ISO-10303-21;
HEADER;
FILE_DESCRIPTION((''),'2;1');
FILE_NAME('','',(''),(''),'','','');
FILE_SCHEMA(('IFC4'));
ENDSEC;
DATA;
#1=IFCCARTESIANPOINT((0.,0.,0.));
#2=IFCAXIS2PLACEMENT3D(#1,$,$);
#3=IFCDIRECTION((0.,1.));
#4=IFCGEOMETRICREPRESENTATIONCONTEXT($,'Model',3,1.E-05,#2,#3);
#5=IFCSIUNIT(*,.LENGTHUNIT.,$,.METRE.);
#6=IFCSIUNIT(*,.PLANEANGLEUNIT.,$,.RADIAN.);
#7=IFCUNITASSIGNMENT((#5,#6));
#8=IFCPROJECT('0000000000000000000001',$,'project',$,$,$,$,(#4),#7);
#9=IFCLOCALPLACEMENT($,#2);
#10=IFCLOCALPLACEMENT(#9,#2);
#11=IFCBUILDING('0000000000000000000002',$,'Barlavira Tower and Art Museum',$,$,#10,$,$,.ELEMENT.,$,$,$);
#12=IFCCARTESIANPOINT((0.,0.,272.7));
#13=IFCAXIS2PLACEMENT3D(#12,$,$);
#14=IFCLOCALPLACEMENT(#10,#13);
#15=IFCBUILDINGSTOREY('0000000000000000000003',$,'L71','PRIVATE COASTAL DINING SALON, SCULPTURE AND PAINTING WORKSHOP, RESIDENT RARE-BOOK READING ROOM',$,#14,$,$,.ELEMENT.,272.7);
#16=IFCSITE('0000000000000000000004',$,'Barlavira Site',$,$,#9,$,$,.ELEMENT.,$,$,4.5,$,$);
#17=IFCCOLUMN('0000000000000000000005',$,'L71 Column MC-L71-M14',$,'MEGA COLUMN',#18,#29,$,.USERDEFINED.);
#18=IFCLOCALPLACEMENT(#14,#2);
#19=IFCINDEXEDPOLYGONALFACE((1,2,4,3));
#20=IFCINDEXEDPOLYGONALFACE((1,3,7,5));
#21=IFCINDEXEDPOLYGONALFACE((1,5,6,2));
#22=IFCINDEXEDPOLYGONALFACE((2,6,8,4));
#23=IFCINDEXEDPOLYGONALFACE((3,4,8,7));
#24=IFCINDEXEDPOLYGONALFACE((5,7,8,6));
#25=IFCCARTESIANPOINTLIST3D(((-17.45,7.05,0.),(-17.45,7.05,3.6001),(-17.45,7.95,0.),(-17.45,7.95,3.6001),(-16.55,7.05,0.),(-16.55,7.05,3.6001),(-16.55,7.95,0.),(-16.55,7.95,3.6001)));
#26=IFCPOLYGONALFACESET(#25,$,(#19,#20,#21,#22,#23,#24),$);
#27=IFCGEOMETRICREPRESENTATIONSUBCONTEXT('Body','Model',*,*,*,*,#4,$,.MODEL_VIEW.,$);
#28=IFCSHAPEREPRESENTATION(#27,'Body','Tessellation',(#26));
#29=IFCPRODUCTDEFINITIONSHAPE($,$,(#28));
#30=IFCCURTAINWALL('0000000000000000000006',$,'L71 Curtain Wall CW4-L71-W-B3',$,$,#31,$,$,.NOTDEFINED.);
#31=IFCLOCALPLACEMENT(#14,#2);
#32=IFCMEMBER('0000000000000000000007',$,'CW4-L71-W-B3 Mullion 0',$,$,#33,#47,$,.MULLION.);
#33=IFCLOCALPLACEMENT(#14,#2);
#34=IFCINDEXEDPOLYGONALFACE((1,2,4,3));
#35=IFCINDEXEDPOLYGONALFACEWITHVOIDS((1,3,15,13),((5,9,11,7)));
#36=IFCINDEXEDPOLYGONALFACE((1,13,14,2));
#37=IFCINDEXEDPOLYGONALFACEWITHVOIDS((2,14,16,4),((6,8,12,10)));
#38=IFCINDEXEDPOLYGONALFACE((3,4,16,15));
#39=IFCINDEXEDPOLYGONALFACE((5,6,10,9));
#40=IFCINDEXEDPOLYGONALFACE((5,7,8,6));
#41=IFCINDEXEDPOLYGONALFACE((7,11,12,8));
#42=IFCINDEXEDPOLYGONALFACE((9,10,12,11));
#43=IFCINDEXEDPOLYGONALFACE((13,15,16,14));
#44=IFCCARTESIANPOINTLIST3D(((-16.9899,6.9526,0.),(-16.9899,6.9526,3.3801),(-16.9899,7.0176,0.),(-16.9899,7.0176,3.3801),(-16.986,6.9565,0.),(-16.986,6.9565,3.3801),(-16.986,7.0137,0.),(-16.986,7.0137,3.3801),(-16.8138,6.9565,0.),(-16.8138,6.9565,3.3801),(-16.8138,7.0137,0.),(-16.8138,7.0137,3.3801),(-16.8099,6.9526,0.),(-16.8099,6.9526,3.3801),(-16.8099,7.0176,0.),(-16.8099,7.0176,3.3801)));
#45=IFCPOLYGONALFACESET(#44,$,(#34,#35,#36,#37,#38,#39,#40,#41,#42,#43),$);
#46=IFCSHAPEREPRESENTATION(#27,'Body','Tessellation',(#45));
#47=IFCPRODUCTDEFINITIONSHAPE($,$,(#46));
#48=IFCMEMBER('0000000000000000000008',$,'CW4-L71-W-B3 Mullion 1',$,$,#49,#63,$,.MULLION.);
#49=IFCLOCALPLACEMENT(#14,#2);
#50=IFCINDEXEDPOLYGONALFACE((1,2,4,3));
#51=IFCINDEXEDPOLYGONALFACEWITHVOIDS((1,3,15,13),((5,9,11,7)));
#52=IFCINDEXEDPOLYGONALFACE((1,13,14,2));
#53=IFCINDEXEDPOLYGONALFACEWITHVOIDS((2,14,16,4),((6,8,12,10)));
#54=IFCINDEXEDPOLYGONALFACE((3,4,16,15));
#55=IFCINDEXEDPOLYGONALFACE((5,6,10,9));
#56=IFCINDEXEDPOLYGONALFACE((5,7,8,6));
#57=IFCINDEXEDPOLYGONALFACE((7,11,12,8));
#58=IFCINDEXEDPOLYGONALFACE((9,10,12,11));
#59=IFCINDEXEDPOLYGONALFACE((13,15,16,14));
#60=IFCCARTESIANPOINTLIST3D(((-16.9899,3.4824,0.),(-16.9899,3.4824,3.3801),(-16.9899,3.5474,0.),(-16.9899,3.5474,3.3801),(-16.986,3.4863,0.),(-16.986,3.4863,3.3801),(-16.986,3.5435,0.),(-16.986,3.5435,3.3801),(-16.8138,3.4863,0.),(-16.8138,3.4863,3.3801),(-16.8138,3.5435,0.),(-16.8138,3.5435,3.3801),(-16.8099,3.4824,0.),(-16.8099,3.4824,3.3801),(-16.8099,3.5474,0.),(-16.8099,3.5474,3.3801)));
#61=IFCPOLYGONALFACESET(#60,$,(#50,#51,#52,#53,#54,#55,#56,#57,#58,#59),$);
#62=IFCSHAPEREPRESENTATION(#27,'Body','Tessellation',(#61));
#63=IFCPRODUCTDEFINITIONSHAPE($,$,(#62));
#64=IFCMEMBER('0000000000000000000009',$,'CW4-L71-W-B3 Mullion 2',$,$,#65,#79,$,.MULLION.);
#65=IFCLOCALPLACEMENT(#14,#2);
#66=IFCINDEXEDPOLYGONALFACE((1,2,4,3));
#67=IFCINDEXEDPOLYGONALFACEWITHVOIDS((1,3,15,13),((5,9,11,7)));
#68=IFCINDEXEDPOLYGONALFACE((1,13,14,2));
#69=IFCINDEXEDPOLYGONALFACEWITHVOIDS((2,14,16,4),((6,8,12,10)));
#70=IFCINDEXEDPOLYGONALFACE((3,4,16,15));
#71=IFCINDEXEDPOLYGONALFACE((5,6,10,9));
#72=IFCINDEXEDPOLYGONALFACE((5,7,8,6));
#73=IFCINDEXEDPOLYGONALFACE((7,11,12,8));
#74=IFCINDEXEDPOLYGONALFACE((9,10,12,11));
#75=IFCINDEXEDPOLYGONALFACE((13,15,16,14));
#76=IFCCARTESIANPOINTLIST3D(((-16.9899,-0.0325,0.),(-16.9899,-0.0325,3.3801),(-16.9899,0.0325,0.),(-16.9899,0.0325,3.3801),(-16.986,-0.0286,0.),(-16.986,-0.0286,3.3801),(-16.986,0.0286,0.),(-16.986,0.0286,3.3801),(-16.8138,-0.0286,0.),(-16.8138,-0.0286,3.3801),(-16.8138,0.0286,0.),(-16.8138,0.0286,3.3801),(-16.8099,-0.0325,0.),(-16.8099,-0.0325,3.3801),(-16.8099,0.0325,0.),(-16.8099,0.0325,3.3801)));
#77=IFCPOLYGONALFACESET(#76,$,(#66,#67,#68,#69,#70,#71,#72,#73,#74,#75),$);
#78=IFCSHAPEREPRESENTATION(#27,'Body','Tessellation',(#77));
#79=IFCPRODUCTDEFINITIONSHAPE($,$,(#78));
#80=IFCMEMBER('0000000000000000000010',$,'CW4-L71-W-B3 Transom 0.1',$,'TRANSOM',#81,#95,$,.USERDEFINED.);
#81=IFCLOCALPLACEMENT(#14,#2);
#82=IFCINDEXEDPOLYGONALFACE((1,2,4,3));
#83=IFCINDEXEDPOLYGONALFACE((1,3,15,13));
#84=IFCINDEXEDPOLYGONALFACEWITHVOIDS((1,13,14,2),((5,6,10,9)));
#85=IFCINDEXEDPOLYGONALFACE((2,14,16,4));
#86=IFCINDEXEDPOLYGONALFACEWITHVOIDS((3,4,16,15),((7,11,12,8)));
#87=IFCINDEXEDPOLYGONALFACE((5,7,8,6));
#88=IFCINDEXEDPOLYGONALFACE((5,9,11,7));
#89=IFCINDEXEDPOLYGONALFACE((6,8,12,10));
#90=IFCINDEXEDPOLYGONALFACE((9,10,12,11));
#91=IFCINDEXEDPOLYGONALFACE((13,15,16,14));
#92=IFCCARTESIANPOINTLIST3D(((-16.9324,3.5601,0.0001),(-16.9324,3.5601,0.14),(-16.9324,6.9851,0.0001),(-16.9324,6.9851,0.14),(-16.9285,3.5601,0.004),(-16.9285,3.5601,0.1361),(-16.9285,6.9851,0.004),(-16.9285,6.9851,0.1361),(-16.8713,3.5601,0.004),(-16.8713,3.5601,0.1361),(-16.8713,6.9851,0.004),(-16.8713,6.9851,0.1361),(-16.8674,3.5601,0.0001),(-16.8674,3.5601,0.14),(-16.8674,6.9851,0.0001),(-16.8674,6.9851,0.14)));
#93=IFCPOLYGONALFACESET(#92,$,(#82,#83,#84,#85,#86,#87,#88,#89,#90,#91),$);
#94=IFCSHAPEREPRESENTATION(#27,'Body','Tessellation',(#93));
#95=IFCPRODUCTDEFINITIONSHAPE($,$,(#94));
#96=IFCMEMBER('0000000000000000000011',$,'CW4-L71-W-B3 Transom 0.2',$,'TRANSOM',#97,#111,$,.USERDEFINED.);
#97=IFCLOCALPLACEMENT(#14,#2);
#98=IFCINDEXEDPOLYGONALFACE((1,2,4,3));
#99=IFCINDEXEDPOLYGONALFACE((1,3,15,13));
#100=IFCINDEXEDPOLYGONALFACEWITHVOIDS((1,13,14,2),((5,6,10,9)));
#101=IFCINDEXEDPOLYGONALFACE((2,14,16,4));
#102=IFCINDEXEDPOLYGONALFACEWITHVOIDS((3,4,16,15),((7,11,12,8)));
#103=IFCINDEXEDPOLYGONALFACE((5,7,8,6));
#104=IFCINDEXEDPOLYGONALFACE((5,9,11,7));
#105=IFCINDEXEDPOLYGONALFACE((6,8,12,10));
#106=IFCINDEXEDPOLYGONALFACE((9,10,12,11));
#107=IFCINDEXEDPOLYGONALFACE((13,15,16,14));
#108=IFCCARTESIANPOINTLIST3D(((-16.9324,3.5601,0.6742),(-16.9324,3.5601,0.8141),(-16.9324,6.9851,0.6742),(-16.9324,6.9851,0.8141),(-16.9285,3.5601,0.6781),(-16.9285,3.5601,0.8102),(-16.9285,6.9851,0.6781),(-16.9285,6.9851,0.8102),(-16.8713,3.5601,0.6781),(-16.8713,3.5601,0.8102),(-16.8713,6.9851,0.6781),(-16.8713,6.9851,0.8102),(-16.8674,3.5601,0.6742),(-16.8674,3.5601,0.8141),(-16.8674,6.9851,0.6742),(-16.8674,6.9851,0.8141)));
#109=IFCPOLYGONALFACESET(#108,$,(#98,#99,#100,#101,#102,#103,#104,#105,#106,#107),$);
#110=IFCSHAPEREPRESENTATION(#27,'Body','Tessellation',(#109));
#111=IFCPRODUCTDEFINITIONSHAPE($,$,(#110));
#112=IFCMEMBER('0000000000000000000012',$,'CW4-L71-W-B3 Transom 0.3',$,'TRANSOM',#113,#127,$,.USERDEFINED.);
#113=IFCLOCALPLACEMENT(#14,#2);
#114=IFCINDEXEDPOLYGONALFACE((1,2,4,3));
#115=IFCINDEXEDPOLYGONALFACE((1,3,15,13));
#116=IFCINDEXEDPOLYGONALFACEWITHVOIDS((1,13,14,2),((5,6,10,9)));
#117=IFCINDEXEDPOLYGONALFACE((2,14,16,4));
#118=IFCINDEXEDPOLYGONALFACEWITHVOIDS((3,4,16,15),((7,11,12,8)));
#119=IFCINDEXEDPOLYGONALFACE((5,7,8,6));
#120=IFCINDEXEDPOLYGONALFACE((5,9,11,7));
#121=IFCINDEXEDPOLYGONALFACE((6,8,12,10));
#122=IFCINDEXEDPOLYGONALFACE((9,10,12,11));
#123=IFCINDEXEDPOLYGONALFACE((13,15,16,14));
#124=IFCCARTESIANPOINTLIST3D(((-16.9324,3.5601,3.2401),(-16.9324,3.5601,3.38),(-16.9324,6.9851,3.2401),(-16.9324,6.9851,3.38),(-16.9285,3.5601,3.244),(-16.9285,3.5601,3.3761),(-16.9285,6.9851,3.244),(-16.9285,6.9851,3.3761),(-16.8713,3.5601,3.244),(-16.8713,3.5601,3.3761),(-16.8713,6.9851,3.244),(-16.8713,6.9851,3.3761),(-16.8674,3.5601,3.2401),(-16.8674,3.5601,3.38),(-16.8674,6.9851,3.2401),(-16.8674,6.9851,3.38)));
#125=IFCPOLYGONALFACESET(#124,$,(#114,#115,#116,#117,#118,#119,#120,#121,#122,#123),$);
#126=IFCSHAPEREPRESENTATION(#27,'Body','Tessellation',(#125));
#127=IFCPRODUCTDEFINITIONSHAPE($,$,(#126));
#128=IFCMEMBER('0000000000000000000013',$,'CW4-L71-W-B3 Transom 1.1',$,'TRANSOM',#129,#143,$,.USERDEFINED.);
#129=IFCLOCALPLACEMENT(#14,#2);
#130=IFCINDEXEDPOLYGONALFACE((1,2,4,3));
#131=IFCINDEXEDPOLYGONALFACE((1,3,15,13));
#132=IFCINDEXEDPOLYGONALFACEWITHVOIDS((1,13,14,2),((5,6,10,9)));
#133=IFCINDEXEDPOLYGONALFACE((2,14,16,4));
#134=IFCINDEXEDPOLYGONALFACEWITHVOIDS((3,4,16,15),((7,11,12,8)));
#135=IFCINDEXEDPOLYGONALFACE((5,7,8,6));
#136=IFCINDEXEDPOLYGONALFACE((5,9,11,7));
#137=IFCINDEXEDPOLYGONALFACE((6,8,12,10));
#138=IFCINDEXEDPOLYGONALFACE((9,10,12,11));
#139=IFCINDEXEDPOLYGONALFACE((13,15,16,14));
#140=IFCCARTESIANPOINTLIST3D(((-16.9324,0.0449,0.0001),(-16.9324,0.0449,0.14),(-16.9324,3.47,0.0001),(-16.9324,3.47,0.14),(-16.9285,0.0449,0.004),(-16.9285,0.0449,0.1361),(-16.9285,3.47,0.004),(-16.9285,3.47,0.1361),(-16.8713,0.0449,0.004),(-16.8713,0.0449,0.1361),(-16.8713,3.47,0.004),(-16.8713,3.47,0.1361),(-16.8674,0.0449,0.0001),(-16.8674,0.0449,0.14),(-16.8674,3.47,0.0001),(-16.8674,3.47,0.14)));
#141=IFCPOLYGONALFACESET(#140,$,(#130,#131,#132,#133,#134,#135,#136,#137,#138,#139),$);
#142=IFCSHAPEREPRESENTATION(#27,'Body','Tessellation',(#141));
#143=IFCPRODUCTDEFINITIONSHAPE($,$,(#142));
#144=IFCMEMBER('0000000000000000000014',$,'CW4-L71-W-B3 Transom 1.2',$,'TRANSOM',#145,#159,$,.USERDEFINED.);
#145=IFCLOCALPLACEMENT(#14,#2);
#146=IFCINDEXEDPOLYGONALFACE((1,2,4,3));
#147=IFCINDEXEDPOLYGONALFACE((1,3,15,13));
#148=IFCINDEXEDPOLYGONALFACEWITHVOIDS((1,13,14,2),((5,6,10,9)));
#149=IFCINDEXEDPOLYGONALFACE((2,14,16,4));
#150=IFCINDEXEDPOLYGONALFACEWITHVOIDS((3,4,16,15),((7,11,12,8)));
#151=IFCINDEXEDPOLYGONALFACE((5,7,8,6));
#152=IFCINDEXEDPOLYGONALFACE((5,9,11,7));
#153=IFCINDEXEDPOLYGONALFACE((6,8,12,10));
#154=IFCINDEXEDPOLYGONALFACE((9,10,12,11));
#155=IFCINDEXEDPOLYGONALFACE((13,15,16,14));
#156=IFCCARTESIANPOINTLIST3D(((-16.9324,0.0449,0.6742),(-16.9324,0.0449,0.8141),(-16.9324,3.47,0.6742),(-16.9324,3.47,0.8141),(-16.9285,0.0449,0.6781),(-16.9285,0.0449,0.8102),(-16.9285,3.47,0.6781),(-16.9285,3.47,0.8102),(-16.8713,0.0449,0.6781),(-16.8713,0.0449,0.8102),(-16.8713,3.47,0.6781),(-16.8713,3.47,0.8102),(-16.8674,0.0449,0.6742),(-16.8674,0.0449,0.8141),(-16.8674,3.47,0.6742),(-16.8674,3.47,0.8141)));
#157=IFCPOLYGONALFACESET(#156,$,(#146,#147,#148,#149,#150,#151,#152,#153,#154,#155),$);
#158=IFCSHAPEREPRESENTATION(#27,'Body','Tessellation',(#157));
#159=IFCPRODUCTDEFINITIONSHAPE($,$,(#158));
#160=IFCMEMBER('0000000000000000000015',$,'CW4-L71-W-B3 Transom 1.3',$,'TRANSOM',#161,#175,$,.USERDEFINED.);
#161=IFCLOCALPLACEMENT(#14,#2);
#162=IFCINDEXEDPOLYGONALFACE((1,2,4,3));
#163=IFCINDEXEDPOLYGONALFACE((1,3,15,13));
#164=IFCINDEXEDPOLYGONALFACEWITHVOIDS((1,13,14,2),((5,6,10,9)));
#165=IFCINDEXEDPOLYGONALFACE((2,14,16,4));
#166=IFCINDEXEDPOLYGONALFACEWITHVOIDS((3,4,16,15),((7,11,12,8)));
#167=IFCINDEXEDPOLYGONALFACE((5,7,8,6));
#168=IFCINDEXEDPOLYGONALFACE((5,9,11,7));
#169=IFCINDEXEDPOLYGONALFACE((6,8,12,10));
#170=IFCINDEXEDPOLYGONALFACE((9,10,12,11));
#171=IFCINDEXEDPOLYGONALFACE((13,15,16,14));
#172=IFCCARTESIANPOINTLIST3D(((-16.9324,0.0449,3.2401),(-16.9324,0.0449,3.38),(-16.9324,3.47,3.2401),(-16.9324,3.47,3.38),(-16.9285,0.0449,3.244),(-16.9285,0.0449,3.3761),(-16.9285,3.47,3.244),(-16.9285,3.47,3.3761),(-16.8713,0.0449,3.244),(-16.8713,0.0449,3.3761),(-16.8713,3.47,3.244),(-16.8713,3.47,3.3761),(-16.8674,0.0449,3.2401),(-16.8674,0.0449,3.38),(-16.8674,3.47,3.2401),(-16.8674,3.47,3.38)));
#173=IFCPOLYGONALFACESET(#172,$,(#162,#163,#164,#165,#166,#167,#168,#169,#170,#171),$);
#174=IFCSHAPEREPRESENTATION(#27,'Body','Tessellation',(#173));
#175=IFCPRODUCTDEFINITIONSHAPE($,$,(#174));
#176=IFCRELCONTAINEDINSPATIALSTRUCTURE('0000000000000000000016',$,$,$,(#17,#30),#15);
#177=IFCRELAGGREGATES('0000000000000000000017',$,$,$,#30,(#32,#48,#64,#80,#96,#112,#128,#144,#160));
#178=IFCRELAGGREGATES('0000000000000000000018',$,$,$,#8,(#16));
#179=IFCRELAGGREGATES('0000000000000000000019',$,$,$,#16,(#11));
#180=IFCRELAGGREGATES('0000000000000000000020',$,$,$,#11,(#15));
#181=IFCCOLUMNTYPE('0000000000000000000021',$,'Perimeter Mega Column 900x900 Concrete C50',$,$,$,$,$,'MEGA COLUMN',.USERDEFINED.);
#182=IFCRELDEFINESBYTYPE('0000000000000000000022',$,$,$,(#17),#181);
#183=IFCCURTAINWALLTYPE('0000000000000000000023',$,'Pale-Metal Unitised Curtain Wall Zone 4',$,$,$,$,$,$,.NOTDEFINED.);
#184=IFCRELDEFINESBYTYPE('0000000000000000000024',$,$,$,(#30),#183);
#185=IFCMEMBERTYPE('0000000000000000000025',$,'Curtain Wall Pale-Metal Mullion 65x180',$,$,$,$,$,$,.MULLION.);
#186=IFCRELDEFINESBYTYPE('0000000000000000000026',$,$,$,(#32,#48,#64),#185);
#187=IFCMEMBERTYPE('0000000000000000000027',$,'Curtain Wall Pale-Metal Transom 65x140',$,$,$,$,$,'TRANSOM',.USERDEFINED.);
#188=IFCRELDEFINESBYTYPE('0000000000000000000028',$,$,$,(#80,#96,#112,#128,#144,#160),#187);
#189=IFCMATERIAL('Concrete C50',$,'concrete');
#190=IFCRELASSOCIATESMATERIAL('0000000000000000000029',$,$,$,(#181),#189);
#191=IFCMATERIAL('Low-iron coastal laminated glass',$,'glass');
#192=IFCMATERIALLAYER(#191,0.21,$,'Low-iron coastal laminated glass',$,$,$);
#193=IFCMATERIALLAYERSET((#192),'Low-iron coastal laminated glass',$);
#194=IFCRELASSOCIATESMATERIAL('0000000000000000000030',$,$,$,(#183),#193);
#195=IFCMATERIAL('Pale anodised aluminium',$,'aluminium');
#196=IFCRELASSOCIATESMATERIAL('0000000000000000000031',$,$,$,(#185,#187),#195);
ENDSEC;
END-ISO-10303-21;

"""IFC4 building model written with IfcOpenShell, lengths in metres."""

from ifc_helpers import new_model, si_unit, direction, frame, origin, origin_2d, place, context, subcontext, project, spatial, rectangle, hollow_rectangle, extrude, material, layer, layer_set, material_profile, profile_set, type_object, element, aggregate, save


model = new_model("IFC4")

# Units and contexts
model_context = context("Model", 3, precision=1e-05, world=origin(), true_north=direction((0.0, 1.0)))
body_context = subcontext(model_context, "Body", "Model", "MODEL_VIEW")
ifc_project = project(units=[si_unit("LENGTHUNIT", "METRE"), si_unit("PLANEANGLEUNIT", "RADIAN")], contexts=[model_context])

# Site, building, storey
site_placement = place(None, origin())
site = spatial("IfcSite", under=ifc_project, at=site_placement, Name="Barlavira Site", CompositionType="ELEMENT", RefElevation=4.5)
building_placement = place(site_placement, origin())
building = spatial("IfcBuilding", under=site, at=building_placement, Name="Barlavira Tower and Art Museum", CompositionType="ELEMENT")
storey_placement = place(building_placement, frame((0.0, 0.0, 272.7)))
storey = spatial("IfcBuildingStorey", under=building, at=storey_placement, Name="L71", Description="PRIVATE COASTAL DINING SALON, SCULPTURE AND PAINTING WORKSHOP, RESIDENT RARE-BOOK READING ROOM", CompositionType="ELEMENT", Elevation=272.7)

# Column
ifc_material_1 = material(Name="Concrete C50", Category="concrete")
ifc_material_profile_1 = material_profile(ifc_material_1, rectangle(XDim=0.8999, YDim=0.8999, at=origin_2d()), Name="RC-COL 900x900")
ifc_profile_set_1 = profile_set([ifc_material_profile_1], Name="Concrete C50")
column_type = type_object("IfcColumnType", Name="Perimeter Mega Column 900x900 Concrete C50", ElementType="MEGA COLUMN", PredefinedType="USERDEFINED", material=ifc_profile_set_1)
column_placement = place(storey_placement, frame((-17.0, 7.5, 0.0), z_axis=(0.0, 0.0, 1.0), x_axis=(1.0, 0.0, 0.0)))
element("IfcColumn", 1, at=column_placement, inside=storey, type_object=column_type, Name="L71 Column MC-L71-M14", ObjectType="MEGA COLUMN", PredefinedType="USERDEFINED", context=body_context, shape_type="SweptSolid", body=[
    extrude(rectangle(XDim=0.8999, YDim=0.8999, at=origin_2d()), origin(), (0.0, 0.0, 1.0), 3.6001),
])

# Curtain wall, members
ifc_material_2 = material(Name="Low-iron coastal laminated glass", Category="glass")
ifc_layer_1 = layer(ifc_material_2, 0.21, Name="Low-iron coastal laminated glass")
ifc_layer_set_1 = layer_set([ifc_layer_1], Name="Low-iron coastal laminated glass")
curtain_wall_type = type_object("IfcCurtainWallType", Name="Pale-Metal Unitised Curtain Wall Zone 4", PredefinedType="NOTDEFINED", material=ifc_layer_set_1)
curtain_wall_placement = place(storey_placement, origin())
curtain_wall = element("IfcCurtainWall", 2, at=curtain_wall_placement, inside=storey, type_object=curtain_wall_type, Name="L71 Curtain Wall CW4-L71-W-B3", PredefinedType="NOTDEFINED")
ifc_material_3 = material(Name="Pale anodised aluminium", Category="aluminium")
ifc_material_profile_2 = material_profile(ifc_material_3, hollow_rectangle(XDim=0.0649, YDim=0.1799, WallThickness=0.0039, at=origin_2d()), Name="ALU-MULL 65x180x4")
ifc_profile_set_2 = profile_set([ifc_material_profile_2], Name="Pale anodised aluminium")
member_type_1 = type_object("IfcMemberType", Name="Curtain Wall Pale-Metal Mullion 65x180", PredefinedType="MULLION", material=ifc_profile_set_2)
member_1_placement = place(storey_placement, frame((-16.8999, 6.9851, 0.0), z_axis=(0.0, 0.0, 1.0), x_axis=(0.0, -1.0, 0.0)))
member_1 = element("IfcMember", 3, at=member_1_placement, type_object=member_type_1, Name="CW4-L71-W-B3 Mullion 0", PredefinedType="MULLION", context=body_context, shape_type="SweptSolid", body=[
    extrude(hollow_rectangle(XDim=0.0649, YDim=0.1799, WallThickness=0.0039, at=origin_2d()), origin(), (0.0, 0.0, 1.0), 3.3801),
])
member_2_placement = place(storey_placement, frame((-16.8999, 3.5149, 0.0), z_axis=(0.0, 0.0, 1.0), x_axis=(0.0, -1.0, 0.0)))
member_2 = element("IfcMember", 4, at=member_2_placement, type_object=member_type_1, Name="CW4-L71-W-B3 Mullion 1", PredefinedType="MULLION", context=body_context, shape_type="SweptSolid", body=[
    extrude(hollow_rectangle(XDim=0.0649, YDim=0.1799, WallThickness=0.0039, at=origin_2d()), origin(), (0.0, 0.0, 1.0), 3.3801),
])
member_3_placement = place(storey_placement, frame((-16.8999, 0.0, 0.0), z_axis=(0.0, 0.0, 1.0), x_axis=(0.0, -1.0, 0.0)))
member_3 = element("IfcMember", 5, at=member_3_placement, type_object=member_type_1, Name="CW4-L71-W-B3 Mullion 2", PredefinedType="MULLION", context=body_context, shape_type="SweptSolid", body=[
    extrude(hollow_rectangle(XDim=0.0649, YDim=0.1799, WallThickness=0.0039, at=origin_2d()), origin(), (0.0, 0.0, 1.0), 3.3801),
])
ifc_material_profile_3 = material_profile(ifc_material_3, hollow_rectangle(XDim=0.0649, YDim=0.1399, WallThickness=0.0039, at=origin_2d()), Name="ALU-TRAN 65x140x4")
ifc_profile_set_3 = profile_set([ifc_material_profile_3], Name="Pale anodised aluminium")
member_type_2 = type_object("IfcMemberType", Name="Curtain Wall Pale-Metal Transom 65x140", ElementType="TRANSOM", PredefinedType="USERDEFINED", material=ifc_profile_set_3)
member_4_placement = place(storey_placement, frame((-16.8999, 6.9851, 0.0701), z_axis=(0.0, -1.0, 0.0), x_axis=(1.0, 0.0, 0.0)))
member_4 = element("IfcMember", 6, at=member_4_placement, type_object=member_type_2, Name="CW4-L71-W-B3 Transom 0.1", ObjectType="TRANSOM", PredefinedType="USERDEFINED", context=body_context, shape_type="SweptSolid", body=[
    extrude(hollow_rectangle(XDim=0.0649, YDim=0.1399, WallThickness=0.0039, at=origin_2d()), origin(), (0.0, 0.0, 1.0), 3.425),
])
member_5_placement = place(storey_placement, frame((-16.8999, 6.9851, 0.7441), z_axis=(0.0, -1.0, 0.0), x_axis=(1.0, 0.0, 0.0)))
member_5 = element("IfcMember", 7, at=member_5_placement, type_object=member_type_2, Name="CW4-L71-W-B3 Transom 0.2", ObjectType="TRANSOM", PredefinedType="USERDEFINED", context=body_context, shape_type="SweptSolid", body=[
    extrude(hollow_rectangle(XDim=0.0649, YDim=0.1399, WallThickness=0.0039, at=origin_2d()), origin(), (0.0, 0.0, 1.0), 3.425),
])
member_6_placement = place(storey_placement, frame((-16.8999, 6.9851, 3.3101), z_axis=(0.0, -1.0, 0.0), x_axis=(1.0, 0.0, 0.0)))
member_6 = element("IfcMember", 8, at=member_6_placement, type_object=member_type_2, Name="CW4-L71-W-B3 Transom 0.3", ObjectType="TRANSOM", PredefinedType="USERDEFINED", context=body_context, shape_type="SweptSolid", body=[
    extrude(hollow_rectangle(XDim=0.0649, YDim=0.1399, WallThickness=0.0039, at=origin_2d()), origin(), (0.0, 0.0, 1.0), 3.425),
])
member_7_placement = place(storey_placement, frame((-16.8999, 3.47, 0.0701), z_axis=(0.0, -1.0, 0.0), x_axis=(1.0, 0.0, 0.0)))
member_7 = element("IfcMember", 9, at=member_7_placement, type_object=member_type_2, Name="CW4-L71-W-B3 Transom 1.1", ObjectType="TRANSOM", PredefinedType="USERDEFINED", context=body_context, shape_type="SweptSolid", body=[
    extrude(hollow_rectangle(XDim=0.0649, YDim=0.1399, WallThickness=0.0039, at=origin_2d()), origin(), (0.0, 0.0, 1.0), 3.425),
])
member_8_placement = place(storey_placement, frame((-16.8999, 3.47, 0.7441), z_axis=(0.0, -1.0, 0.0), x_axis=(1.0, 0.0, 0.0)))
member_8 = element("IfcMember", 10, at=member_8_placement, type_object=member_type_2, Name="CW4-L71-W-B3 Transom 1.2", ObjectType="TRANSOM", PredefinedType="USERDEFINED", context=body_context, shape_type="SweptSolid", body=[
    extrude(hollow_rectangle(XDim=0.0649, YDim=0.1399, WallThickness=0.0039, at=origin_2d()), origin(), (0.0, 0.0, 1.0), 3.425),
])
member_9_placement = place(storey_placement, frame((-16.8999, 3.47, 3.3101), z_axis=(0.0, -1.0, 0.0), x_axis=(1.0, 0.0, 0.0)))
member_9 = element("IfcMember", 11, at=member_9_placement, type_object=member_type_2, Name="CW4-L71-W-B3 Transom 1.3", ObjectType="TRANSOM", PredefinedType="USERDEFINED", context=body_context, shape_type="SweptSolid", body=[
    extrude(hollow_rectangle(XDim=0.0649, YDim=0.1399, WallThickness=0.0039, at=origin_2d()), origin(), (0.0, 0.0, 1.0), 3.425),
])

aggregate(curtain_wall, [member_1, member_2, member_3, member_4, member_5, member_6, member_7, member_8, member_9])

save(model, "model.ifc")
